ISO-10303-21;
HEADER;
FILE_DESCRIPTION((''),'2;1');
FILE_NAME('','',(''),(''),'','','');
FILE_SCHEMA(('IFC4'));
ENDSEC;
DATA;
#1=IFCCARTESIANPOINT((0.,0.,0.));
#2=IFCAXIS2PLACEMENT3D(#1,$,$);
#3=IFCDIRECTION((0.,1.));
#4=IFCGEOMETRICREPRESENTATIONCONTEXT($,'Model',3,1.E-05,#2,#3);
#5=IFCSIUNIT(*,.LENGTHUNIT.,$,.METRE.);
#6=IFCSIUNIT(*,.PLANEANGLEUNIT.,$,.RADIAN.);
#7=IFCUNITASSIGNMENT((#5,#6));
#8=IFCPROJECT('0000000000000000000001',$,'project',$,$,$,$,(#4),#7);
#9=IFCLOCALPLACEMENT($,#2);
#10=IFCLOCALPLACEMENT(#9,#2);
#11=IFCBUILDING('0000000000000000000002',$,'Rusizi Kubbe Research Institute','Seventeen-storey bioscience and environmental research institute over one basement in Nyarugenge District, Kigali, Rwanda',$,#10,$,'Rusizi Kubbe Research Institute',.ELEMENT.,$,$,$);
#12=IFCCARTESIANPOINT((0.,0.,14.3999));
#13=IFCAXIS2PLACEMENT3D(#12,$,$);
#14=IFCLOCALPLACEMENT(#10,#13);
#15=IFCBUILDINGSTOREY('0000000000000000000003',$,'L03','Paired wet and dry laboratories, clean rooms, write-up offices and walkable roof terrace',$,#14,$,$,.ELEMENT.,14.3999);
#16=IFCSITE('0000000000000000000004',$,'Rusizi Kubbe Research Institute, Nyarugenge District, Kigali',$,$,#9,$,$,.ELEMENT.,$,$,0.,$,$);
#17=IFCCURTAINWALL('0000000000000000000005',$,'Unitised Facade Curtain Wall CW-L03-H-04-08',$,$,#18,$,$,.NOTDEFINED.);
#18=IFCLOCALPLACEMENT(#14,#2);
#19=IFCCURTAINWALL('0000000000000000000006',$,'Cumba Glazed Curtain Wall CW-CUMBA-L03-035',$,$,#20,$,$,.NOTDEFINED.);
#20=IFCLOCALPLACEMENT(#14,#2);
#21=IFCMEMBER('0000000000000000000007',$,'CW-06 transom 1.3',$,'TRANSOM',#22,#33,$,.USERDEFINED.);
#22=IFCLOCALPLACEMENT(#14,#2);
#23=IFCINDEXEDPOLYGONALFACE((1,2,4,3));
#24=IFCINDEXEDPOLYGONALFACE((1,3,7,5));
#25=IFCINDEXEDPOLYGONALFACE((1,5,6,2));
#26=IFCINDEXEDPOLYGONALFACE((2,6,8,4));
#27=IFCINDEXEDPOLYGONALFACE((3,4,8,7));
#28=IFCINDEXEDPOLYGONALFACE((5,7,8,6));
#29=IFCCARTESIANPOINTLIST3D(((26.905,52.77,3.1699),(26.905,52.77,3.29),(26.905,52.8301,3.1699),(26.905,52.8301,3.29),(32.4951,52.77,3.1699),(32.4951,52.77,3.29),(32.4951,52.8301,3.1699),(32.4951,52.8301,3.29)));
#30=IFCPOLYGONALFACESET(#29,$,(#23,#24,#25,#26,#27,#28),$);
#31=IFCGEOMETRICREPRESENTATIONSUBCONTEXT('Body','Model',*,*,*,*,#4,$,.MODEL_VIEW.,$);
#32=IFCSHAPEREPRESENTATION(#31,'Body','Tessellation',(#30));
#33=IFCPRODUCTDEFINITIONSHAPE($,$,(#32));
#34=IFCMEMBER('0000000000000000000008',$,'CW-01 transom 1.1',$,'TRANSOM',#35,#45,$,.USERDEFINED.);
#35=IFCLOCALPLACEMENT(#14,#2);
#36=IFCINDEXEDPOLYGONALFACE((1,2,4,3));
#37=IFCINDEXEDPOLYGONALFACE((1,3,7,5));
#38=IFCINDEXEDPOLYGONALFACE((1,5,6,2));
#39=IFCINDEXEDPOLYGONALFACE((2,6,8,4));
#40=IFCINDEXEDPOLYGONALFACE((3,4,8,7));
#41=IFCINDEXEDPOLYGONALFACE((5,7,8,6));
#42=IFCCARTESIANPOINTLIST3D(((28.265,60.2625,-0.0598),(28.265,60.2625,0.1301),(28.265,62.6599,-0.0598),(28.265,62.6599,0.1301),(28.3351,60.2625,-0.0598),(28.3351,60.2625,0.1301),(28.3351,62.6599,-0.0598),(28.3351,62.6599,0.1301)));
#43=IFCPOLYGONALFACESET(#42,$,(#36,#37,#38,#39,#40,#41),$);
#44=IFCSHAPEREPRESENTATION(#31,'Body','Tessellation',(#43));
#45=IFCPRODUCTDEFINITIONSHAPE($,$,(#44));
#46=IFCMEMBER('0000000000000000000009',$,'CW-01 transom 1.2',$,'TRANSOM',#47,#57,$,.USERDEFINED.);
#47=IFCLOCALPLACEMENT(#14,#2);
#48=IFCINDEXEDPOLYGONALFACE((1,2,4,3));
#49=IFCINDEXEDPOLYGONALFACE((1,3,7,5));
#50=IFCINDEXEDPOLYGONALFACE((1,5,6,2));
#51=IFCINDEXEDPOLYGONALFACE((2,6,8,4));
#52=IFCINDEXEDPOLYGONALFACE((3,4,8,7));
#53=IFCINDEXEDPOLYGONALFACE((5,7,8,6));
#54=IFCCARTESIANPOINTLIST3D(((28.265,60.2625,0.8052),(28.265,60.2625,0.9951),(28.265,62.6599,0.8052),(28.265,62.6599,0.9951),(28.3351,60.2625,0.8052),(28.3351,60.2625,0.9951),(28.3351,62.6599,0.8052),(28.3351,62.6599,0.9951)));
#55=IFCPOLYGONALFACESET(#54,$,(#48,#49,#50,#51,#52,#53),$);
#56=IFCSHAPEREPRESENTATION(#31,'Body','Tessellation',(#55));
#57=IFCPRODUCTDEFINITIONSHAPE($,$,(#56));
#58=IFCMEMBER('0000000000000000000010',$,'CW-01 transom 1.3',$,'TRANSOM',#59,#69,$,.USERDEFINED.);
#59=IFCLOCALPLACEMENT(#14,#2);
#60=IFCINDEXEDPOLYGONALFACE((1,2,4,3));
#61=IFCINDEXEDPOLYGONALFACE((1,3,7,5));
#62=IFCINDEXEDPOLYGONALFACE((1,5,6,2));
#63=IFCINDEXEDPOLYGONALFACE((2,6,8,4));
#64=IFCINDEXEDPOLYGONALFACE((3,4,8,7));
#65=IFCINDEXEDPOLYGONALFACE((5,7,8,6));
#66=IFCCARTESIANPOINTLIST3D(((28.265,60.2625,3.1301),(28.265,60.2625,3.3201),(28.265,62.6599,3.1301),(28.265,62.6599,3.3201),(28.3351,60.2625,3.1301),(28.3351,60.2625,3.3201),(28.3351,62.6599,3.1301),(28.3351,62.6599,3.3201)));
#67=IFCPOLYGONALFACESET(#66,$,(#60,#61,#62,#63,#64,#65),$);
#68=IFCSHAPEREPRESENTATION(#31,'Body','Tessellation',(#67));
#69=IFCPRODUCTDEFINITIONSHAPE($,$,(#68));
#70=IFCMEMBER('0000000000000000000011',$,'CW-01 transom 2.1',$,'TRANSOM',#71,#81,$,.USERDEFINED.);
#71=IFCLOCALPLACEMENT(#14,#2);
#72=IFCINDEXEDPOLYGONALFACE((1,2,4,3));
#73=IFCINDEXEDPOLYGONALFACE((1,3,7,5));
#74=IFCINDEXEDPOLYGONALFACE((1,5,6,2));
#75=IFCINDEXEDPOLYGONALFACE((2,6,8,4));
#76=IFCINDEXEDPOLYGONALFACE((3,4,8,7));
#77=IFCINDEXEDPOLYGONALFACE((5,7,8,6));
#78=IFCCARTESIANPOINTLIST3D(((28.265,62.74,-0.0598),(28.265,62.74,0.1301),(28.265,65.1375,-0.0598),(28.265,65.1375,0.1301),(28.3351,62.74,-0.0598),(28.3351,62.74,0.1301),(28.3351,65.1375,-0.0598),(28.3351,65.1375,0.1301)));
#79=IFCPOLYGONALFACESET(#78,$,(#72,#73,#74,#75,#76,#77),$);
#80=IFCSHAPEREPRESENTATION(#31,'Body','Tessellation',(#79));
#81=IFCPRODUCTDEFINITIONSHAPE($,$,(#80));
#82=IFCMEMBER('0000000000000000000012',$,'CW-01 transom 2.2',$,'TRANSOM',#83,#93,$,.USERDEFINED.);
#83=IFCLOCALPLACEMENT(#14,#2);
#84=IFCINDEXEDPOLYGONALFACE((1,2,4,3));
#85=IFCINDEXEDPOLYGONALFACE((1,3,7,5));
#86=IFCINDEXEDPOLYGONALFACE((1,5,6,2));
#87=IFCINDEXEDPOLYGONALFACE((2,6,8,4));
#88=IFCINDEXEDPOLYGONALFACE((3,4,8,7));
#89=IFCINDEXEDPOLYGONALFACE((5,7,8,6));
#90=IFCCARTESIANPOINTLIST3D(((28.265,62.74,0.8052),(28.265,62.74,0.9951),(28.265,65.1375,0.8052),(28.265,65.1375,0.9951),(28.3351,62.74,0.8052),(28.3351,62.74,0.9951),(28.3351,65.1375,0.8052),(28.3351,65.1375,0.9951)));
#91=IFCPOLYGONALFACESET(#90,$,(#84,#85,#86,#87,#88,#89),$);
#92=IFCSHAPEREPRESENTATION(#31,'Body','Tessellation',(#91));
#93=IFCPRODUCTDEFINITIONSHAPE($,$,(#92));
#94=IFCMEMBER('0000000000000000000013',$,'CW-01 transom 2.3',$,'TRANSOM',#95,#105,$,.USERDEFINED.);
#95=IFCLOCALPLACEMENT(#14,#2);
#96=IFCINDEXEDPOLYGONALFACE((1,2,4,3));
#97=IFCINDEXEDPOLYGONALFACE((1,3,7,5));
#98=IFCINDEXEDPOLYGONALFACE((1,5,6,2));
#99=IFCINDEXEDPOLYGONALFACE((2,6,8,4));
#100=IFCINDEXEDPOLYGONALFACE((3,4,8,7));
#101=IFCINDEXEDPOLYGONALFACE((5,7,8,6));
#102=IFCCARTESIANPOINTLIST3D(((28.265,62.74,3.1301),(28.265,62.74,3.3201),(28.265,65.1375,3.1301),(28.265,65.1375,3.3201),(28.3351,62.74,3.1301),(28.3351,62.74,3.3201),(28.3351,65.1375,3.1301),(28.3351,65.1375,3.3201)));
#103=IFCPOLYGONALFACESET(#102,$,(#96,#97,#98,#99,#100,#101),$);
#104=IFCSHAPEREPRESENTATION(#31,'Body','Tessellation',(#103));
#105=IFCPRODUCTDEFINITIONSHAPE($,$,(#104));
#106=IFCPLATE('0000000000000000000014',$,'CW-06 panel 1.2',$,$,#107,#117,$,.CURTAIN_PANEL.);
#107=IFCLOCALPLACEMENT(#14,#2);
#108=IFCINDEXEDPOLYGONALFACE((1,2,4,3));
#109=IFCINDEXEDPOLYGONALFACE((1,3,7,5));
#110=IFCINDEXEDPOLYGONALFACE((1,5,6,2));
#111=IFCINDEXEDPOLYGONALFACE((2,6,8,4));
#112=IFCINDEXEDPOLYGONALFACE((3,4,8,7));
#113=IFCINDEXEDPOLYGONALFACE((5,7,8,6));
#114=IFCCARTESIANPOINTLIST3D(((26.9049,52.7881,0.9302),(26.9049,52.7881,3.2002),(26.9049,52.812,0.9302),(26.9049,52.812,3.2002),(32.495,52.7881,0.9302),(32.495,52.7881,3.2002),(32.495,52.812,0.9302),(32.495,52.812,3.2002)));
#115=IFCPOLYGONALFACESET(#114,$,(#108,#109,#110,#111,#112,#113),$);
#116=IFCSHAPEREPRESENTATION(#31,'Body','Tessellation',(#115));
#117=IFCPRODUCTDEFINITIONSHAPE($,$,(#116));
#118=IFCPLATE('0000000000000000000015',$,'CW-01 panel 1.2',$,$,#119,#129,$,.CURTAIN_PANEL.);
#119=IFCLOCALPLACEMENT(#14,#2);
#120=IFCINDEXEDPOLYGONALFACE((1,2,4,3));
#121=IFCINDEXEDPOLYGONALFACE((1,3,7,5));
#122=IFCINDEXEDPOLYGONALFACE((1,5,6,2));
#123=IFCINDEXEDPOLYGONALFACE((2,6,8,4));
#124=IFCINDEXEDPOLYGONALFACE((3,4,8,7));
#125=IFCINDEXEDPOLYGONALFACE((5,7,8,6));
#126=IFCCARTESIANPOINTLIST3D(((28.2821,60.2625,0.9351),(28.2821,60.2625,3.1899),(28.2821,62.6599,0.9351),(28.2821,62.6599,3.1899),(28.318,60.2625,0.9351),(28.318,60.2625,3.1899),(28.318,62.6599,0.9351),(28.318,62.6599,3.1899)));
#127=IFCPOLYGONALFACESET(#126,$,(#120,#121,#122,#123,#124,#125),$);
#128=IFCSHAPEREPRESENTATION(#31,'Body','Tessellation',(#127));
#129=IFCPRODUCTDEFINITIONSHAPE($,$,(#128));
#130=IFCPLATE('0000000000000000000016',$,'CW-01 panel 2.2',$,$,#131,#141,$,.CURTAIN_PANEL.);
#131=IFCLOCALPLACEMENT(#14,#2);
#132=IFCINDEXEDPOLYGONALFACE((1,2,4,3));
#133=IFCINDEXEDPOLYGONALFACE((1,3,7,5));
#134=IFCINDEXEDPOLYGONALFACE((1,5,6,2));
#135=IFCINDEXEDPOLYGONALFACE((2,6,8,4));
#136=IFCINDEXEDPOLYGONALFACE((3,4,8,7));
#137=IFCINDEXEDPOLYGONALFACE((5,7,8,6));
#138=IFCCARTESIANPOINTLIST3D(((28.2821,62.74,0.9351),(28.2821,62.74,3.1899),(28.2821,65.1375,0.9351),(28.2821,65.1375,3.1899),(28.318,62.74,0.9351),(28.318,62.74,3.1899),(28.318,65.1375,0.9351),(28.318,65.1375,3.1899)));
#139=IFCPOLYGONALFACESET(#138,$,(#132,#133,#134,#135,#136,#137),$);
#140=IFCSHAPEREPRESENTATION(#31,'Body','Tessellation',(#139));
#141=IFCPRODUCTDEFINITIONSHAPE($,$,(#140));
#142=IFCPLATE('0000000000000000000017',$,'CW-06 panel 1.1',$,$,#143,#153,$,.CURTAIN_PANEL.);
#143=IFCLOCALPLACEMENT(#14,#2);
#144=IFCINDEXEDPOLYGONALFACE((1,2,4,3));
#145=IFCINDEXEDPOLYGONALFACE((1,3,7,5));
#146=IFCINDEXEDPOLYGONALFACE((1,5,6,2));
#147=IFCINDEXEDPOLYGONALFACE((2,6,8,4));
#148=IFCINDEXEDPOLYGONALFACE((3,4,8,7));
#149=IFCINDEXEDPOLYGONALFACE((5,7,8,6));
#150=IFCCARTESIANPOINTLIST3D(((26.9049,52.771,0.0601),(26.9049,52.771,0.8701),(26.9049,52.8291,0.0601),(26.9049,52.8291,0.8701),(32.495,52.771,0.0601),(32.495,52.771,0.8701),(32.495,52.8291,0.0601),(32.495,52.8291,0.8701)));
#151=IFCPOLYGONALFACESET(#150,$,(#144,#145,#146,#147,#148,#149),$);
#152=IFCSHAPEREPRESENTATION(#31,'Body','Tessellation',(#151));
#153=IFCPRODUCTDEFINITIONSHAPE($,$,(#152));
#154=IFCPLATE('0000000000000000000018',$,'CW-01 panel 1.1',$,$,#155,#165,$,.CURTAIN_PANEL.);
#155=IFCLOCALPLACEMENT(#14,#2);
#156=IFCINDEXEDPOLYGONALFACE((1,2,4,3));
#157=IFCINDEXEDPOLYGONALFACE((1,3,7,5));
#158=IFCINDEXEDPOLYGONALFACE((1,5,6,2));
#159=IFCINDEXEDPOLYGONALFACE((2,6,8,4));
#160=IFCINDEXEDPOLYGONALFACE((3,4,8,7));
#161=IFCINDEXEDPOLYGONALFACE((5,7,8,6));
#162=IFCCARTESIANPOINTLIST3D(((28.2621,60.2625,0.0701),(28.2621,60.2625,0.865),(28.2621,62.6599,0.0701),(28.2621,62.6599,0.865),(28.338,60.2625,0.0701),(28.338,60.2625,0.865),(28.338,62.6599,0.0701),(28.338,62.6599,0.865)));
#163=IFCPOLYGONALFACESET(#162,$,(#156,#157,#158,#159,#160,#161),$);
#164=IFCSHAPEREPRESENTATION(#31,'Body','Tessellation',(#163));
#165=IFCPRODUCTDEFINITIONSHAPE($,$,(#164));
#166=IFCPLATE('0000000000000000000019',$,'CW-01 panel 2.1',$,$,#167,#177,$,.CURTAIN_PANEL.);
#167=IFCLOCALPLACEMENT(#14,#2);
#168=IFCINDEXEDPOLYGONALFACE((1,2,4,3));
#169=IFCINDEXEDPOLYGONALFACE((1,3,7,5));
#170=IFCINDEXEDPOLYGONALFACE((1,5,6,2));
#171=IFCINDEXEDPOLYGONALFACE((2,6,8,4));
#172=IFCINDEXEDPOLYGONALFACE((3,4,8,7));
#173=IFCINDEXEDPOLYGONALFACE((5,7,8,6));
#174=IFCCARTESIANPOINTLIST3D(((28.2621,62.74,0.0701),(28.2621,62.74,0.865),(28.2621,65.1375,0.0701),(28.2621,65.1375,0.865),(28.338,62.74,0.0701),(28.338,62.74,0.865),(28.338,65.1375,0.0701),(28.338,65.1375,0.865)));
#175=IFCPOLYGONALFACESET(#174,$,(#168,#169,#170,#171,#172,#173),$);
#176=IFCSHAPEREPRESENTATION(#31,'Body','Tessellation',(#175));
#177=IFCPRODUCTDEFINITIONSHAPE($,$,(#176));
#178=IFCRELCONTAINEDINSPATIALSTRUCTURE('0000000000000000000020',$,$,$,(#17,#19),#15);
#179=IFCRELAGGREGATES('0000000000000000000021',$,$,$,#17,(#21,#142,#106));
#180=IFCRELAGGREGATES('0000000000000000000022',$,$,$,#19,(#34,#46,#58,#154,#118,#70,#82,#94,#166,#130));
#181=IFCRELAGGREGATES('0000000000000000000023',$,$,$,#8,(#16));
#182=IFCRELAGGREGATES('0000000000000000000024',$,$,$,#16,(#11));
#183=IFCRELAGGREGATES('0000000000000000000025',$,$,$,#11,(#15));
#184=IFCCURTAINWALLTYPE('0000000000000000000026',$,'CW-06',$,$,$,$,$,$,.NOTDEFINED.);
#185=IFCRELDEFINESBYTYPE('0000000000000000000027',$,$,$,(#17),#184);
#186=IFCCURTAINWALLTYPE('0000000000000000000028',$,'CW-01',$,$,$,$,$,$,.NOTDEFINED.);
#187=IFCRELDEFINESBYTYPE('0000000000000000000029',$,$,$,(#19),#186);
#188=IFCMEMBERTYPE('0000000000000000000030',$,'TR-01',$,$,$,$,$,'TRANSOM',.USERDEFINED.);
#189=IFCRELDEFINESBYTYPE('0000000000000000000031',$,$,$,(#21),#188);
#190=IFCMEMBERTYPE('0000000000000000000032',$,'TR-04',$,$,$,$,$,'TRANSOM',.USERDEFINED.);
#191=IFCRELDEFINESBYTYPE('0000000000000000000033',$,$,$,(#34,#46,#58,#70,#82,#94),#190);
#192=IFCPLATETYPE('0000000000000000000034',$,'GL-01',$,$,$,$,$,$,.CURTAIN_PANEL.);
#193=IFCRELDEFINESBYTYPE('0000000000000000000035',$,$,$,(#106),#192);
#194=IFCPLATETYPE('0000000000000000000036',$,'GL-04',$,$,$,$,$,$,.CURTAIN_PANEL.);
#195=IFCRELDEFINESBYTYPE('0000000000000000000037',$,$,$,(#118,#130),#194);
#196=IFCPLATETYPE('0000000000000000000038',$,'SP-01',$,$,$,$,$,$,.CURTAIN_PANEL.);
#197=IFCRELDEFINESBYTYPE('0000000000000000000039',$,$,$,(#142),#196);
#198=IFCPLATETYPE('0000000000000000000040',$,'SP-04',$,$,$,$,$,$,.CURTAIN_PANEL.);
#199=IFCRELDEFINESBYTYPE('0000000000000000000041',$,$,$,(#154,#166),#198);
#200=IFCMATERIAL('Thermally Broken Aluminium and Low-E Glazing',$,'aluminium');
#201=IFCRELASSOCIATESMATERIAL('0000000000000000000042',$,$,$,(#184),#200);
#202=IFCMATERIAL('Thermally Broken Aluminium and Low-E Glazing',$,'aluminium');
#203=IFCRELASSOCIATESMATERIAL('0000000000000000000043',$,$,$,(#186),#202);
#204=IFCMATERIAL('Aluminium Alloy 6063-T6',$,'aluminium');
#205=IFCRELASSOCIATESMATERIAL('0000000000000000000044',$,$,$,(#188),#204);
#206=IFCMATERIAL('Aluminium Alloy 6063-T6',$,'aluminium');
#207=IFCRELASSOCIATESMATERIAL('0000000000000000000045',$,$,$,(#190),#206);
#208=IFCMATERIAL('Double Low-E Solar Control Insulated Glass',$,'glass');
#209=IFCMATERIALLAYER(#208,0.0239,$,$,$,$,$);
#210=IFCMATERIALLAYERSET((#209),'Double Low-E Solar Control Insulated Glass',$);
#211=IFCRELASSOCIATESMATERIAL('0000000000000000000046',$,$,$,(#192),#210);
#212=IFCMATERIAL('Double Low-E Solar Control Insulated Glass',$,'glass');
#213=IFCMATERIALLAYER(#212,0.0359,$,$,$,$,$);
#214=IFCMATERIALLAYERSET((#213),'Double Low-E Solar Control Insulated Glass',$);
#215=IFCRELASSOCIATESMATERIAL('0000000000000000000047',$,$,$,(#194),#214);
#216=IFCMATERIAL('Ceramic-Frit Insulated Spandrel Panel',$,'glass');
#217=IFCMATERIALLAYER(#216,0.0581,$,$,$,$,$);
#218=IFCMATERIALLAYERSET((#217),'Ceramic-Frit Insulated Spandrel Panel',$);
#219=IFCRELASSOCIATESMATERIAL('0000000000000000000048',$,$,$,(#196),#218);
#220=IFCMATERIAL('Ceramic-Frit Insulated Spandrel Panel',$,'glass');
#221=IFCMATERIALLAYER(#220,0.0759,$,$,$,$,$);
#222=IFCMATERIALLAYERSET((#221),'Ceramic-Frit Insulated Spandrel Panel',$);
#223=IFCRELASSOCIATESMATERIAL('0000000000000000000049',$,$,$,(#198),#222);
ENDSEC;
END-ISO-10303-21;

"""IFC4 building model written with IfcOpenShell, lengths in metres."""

from ifc_helpers import new_model, si_unit, direction, frame, origin, origin_2d, place, context, subcontext, project, spatial, rectangle, extrude, material, layer, layer_set, material_profile, profile_set, type_object, element, aggregate, save


model = new_model("IFC4")

# Units and contexts
model_context = context("Model", 3, precision=1e-05, world=origin(), true_north=direction((0.0, 1.0)))
body_context = subcontext(model_context, "Body", "Model", "MODEL_VIEW")
ifc_project = project(units=[si_unit("LENGTHUNIT", "METRE"), si_unit("PLANEANGLEUNIT", "RADIAN")], contexts=[model_context])

# Site, building, storey
site_placement = place(None, origin())
site = spatial("IfcSite", under=ifc_project, at=site_placement, Name="Rusizi Kubbe Research Institute, Nyarugenge District, Kigali", CompositionType="ELEMENT", RefElevation=0.0)
building_placement = place(site_placement, origin())
building = spatial("IfcBuilding", under=site, at=building_placement, Name="Rusizi Kubbe Research Institute", Description="Seventeen-storey bioscience and environmental research institute over one basement in Nyarugenge District, Kigali, Rwanda", LongName="Rusizi Kubbe Research Institute", CompositionType="ELEMENT")
storey_placement = place(building_placement, frame((0.0, 0.0, 14.3999)))
storey = spatial("IfcBuildingStorey", under=building, at=storey_placement, Name="L03", Description="Paired wet and dry laboratories, clean rooms, write-up offices and walkable roof terrace", CompositionType="ELEMENT", Elevation=14.3999)

# Curtain wall
ifc_material_1 = material(Name="Thermally Broken Aluminium and Low-E Glazing", Category="aluminium")
curtain_wall_type_1 = type_object("IfcCurtainWallType", Name="CW-06", PredefinedType="NOTDEFINED", material=ifc_material_1)
curtain_wall_1_placement = place(storey_placement, origin())
curtain_wall_1 = element("IfcCurtainWall", 1, at=curtain_wall_1_placement, inside=storey, type_object=curtain_wall_type_1, Name="Unitised Facade Curtain Wall CW-L03-H-04-08", PredefinedType="NOTDEFINED")

# Curtain wall
ifc_material_2 = material(Name="Thermally Broken Aluminium and Low-E Glazing", Category="aluminium")
curtain_wall_type_2 = type_object("IfcCurtainWallType", Name="CW-01", PredefinedType="NOTDEFINED", material=ifc_material_2)
curtain_wall_2_placement = place(storey_placement, origin())
curtain_wall_2 = element("IfcCurtainWall", 2, at=curtain_wall_2_placement, inside=storey, type_object=curtain_wall_type_2, Name="Cumba Glazed Curtain Wall CW-CUMBA-L03-035", PredefinedType="NOTDEFINED")

# Members
ifc_material_3 = material(Name="Aluminium Alloy 6063-T6", Category="aluminium")
ifc_material_profile_1 = material_profile(ifc_material_3, rectangle(XDim=0.0601, YDim=0.1201, at=origin_2d()), Name="ALU-T 60x120")
ifc_profile_set_1 = profile_set([ifc_material_profile_1], Name="Aluminium Alloy 6063-T6")
member_type_1 = type_object("IfcMemberType", Name="TR-01", ElementType="TRANSOM", PredefinedType="USERDEFINED", material=ifc_profile_set_1)
member_1_placement = place(storey_placement, frame((26.905, 52.8, 3.23), z_axis=(1.0, 0.0, 0.0), x_axis=(0.0, 1.0, 0.0)))
member_1 = element("IfcMember", 3, at=member_1_placement, type_object=member_type_1, Name="CW-06 transom 1.3", ObjectType="TRANSOM", PredefinedType="USERDEFINED", context=body_context, shape_type="SweptSolid", body=[
    extrude(rectangle(XDim=0.0601, YDim=0.1201, at=origin_2d()), origin(), (0.0, 0.0, 1.0), 5.5901),
])
ifc_material_4 = material(Name="Aluminium Alloy 6063-T6", Category="aluminium")
ifc_material_profile_2 = material_profile(ifc_material_4, rectangle(XDim=0.0701, YDim=0.1899, at=origin_2d()), Name="ALU-T 70x190")
ifc_profile_set_2 = profile_set([ifc_material_profile_2], Name="Aluminium Alloy 6063-T6")
member_type_2 = type_object("IfcMemberType", Name="TR-04", ElementType="TRANSOM", PredefinedType="USERDEFINED", material=ifc_profile_set_2)
member_2_placement = place(storey_placement, frame((28.3, 60.2625, 0.0352), z_axis=(0.0, 1.0, 0.0), x_axis=(-1.0, 0.0, 0.0)))
member_2 = element("IfcMember", 4, at=member_2_placement, type_object=member_type_2, Name="CW-01 transom 1.1", ObjectType="TRANSOM", PredefinedType="USERDEFINED", context=body_context, shape_type="SweptSolid", body=[
    extrude(rectangle(XDim=0.0701, YDim=0.1899, at=origin_2d()), origin(), (0.0, 0.0, 1.0), 2.3975),
])
member_3_placement = place(storey_placement, frame((28.3, 60.2625, 0.9001), z_axis=(0.0, 1.0, 0.0), x_axis=(-1.0, 0.0, 0.0)))
member_3 = element("IfcMember", 5, at=member_3_placement, type_object=member_type_2, Name="CW-01 transom 1.2", ObjectType="TRANSOM", PredefinedType="USERDEFINED", context=body_context, shape_type="SweptSolid", body=[
    extrude(rectangle(XDim=0.0701, YDim=0.1899, at=origin_2d()), origin(), (0.0, 0.0, 1.0), 2.3975),
])
member_4_placement = place(storey_placement, frame((28.3, 60.2625, 3.2251), z_axis=(0.0, 1.0, 0.0), x_axis=(-1.0, 0.0, 0.0)))
member_4 = element("IfcMember", 6, at=member_4_placement, type_object=member_type_2, Name="CW-01 transom 1.3", ObjectType="TRANSOM", PredefinedType="USERDEFINED", context=body_context, shape_type="SweptSolid", body=[
    extrude(rectangle(XDim=0.0701, YDim=0.1899, at=origin_2d()), origin(), (0.0, 0.0, 1.0), 2.3975),
])
member_5_placement = place(storey_placement, frame((28.3, 62.74, 0.0352), z_axis=(0.0, 1.0, 0.0), x_axis=(-1.0, 0.0, 0.0)))
member_5 = element("IfcMember", 7, at=member_5_placement, type_object=member_type_2, Name="CW-01 transom 2.1", ObjectType="TRANSOM", PredefinedType="USERDEFINED", context=body_context, shape_type="SweptSolid", body=[
    extrude(rectangle(XDim=0.0701, YDim=0.1899, at=origin_2d()), origin(), (0.0, 0.0, 1.0), 2.3975),
])
member_6_placement = place(storey_placement, frame((28.3, 62.74, 0.9001), z_axis=(0.0, 1.0, 0.0), x_axis=(-1.0, 0.0, 0.0)))
member_6 = element("IfcMember", 8, at=member_6_placement, type_object=member_type_2, Name="CW-01 transom 2.2", ObjectType="TRANSOM", PredefinedType="USERDEFINED", context=body_context, shape_type="SweptSolid", body=[
    extrude(rectangle(XDim=0.0701, YDim=0.1899, at=origin_2d()), origin(), (0.0, 0.0, 1.0), 2.3975),
])
member_7_placement = place(storey_placement, frame((28.3, 62.74, 3.2251), z_axis=(0.0, 1.0, 0.0), x_axis=(-1.0, 0.0, 0.0)))
member_7 = element("IfcMember", 9, at=member_7_placement, type_object=member_type_2, Name="CW-01 transom 2.3", ObjectType="TRANSOM", PredefinedType="USERDEFINED", context=body_context, shape_type="SweptSolid", body=[
    extrude(rectangle(XDim=0.0701, YDim=0.1899, at=origin_2d()), origin(), (0.0, 0.0, 1.0), 2.3975),
])

# Plates
ifc_material_5 = material(Name="Double Low-E Solar Control Insulated Glass", Category="glass")
ifc_layer_1 = layer(ifc_material_5, 0.0239)
ifc_layer_set_1 = layer_set([ifc_layer_1], Name="Double Low-E Solar Control Insulated Glass")
plate_type_1 = type_object("IfcPlateType", Name="GL-01", PredefinedType="CURTAIN_PANEL", material=ifc_layer_set_1)
plate_1_placement = place(storey_placement, frame((29.7, 52.8, 0.9302), z_axis=(0.0, 0.0, 1.0), x_axis=(1.0, 0.0, 0.0)))
plate_1 = element("IfcPlate", 10, at=plate_1_placement, type_object=plate_type_1, Name="CW-06 panel 1.2", PredefinedType="CURTAIN_PANEL", context=body_context, shape_type="SweptSolid", body=[
    extrude(rectangle(XDim=5.5901, YDim=0.0239, at=origin_2d()), origin(), (0.0, 0.0, 1.0), 2.27),
])
ifc_material_6 = material(Name="Double Low-E Solar Control Insulated Glass", Category="glass")
ifc_layer_2 = layer(ifc_material_6, 0.0359)
ifc_layer_set_2 = layer_set([ifc_layer_2], Name="Double Low-E Solar Control Insulated Glass")
plate_type_2 = type_object("IfcPlateType", Name="GL-04", PredefinedType="CURTAIN_PANEL", material=ifc_layer_set_2)
plate_2_placement = place(storey_placement, frame((28.3, 61.4612, 0.9351), z_axis=(0.0, 0.0, 1.0), x_axis=(0.0, 1.0, 0.0)))
plate_2 = element("IfcPlate", 11, at=plate_2_placement, type_object=plate_type_2, Name="CW-01 panel 1.2", PredefinedType="CURTAIN_PANEL", context=body_context, shape_type="SweptSolid", body=[
    extrude(rectangle(XDim=2.3975, YDim=0.0359, at=origin_2d()), origin(), (0.0, 0.0, 1.0), 2.2549),
])
plate_3_placement = place(storey_placement, frame((28.3, 63.9387, 0.9351), z_axis=(0.0, 0.0, 1.0), x_axis=(0.0, 1.0, 0.0)))
plate_3 = element("IfcPlate", 12, at=plate_3_placement, type_object=plate_type_2, Name="CW-01 panel 2.2", PredefinedType="CURTAIN_PANEL", context=body_context, shape_type="SweptSolid", body=[
    extrude(rectangle(XDim=2.3975, YDim=0.0359, at=origin_2d()), origin(), (0.0, 0.0, 1.0), 2.2549),
])
ifc_material_7 = material(Name="Ceramic-Frit Insulated Spandrel Panel", Category="glass")
ifc_layer_3 = layer(ifc_material_7, 0.0581)
ifc_layer_set_3 = layer_set([ifc_layer_3], Name="Ceramic-Frit Insulated Spandrel Panel")
plate_type_3 = type_object("IfcPlateType", Name="SP-01", PredefinedType="CURTAIN_PANEL", material=ifc_layer_set_3)
plate_4_placement = place(storey_placement, frame((29.7, 52.8, 0.0601), z_axis=(0.0, 0.0, 1.0), x_axis=(1.0, 0.0, 0.0)))
plate_4 = element("IfcPlate", 13, at=plate_4_placement, type_object=plate_type_3, Name="CW-06 panel 1.1", PredefinedType="CURTAIN_PANEL", context=body_context, shape_type="SweptSolid", body=[
    extrude(rectangle(XDim=5.5901, YDim=0.0581, at=origin_2d()), origin(), (0.0, 0.0, 1.0), 0.8101),
])
aggregate(curtain_wall_1, [member_1, plate_4, plate_1])
ifc_material_8 = material(Name="Ceramic-Frit Insulated Spandrel Panel", Category="glass")
ifc_layer_4 = layer(ifc_material_8, 0.0759)
ifc_layer_set_4 = layer_set([ifc_layer_4], Name="Ceramic-Frit Insulated Spandrel Panel")
plate_type_4 = type_object("IfcPlateType", Name="SP-04", PredefinedType="CURTAIN_PANEL", material=ifc_layer_set_4)
plate_5_placement = place(storey_placement, frame((28.3, 61.4612, 0.0701), z_axis=(0.0, 0.0, 1.0), x_axis=(0.0, 1.0, 0.0)))
plate_5 = element("IfcPlate", 14, at=plate_5_placement, type_object=plate_type_4, Name="CW-01 panel 1.1", PredefinedType="CURTAIN_PANEL", context=body_context, shape_type="SweptSolid", body=[
    extrude(rectangle(XDim=2.3975, YDim=0.0759, at=origin_2d()), origin(), (0.0, 0.0, 1.0), 0.7949),
])
plate_6_placement = place(storey_placement, frame((28.3, 63.9387, 0.0701), z_axis=(0.0, 0.0, 1.0), x_axis=(0.0, 1.0, 0.0)))
plate_6 = element("IfcPlate", 15, at=plate_6_placement, type_object=plate_type_4, Name="CW-01 panel 2.1", PredefinedType="CURTAIN_PANEL", context=body_context, shape_type="SweptSolid", body=[
    extrude(rectangle(XDim=2.3975, YDim=0.0759, at=origin_2d()), origin(), (0.0, 0.0, 1.0), 0.7949),
])
aggregate(curtain_wall_2, [member_2, member_3, member_4, plate_5, plate_2, member_5, member_6, member_7, plate_6, plate_3])

save(model, "model.ifc")
